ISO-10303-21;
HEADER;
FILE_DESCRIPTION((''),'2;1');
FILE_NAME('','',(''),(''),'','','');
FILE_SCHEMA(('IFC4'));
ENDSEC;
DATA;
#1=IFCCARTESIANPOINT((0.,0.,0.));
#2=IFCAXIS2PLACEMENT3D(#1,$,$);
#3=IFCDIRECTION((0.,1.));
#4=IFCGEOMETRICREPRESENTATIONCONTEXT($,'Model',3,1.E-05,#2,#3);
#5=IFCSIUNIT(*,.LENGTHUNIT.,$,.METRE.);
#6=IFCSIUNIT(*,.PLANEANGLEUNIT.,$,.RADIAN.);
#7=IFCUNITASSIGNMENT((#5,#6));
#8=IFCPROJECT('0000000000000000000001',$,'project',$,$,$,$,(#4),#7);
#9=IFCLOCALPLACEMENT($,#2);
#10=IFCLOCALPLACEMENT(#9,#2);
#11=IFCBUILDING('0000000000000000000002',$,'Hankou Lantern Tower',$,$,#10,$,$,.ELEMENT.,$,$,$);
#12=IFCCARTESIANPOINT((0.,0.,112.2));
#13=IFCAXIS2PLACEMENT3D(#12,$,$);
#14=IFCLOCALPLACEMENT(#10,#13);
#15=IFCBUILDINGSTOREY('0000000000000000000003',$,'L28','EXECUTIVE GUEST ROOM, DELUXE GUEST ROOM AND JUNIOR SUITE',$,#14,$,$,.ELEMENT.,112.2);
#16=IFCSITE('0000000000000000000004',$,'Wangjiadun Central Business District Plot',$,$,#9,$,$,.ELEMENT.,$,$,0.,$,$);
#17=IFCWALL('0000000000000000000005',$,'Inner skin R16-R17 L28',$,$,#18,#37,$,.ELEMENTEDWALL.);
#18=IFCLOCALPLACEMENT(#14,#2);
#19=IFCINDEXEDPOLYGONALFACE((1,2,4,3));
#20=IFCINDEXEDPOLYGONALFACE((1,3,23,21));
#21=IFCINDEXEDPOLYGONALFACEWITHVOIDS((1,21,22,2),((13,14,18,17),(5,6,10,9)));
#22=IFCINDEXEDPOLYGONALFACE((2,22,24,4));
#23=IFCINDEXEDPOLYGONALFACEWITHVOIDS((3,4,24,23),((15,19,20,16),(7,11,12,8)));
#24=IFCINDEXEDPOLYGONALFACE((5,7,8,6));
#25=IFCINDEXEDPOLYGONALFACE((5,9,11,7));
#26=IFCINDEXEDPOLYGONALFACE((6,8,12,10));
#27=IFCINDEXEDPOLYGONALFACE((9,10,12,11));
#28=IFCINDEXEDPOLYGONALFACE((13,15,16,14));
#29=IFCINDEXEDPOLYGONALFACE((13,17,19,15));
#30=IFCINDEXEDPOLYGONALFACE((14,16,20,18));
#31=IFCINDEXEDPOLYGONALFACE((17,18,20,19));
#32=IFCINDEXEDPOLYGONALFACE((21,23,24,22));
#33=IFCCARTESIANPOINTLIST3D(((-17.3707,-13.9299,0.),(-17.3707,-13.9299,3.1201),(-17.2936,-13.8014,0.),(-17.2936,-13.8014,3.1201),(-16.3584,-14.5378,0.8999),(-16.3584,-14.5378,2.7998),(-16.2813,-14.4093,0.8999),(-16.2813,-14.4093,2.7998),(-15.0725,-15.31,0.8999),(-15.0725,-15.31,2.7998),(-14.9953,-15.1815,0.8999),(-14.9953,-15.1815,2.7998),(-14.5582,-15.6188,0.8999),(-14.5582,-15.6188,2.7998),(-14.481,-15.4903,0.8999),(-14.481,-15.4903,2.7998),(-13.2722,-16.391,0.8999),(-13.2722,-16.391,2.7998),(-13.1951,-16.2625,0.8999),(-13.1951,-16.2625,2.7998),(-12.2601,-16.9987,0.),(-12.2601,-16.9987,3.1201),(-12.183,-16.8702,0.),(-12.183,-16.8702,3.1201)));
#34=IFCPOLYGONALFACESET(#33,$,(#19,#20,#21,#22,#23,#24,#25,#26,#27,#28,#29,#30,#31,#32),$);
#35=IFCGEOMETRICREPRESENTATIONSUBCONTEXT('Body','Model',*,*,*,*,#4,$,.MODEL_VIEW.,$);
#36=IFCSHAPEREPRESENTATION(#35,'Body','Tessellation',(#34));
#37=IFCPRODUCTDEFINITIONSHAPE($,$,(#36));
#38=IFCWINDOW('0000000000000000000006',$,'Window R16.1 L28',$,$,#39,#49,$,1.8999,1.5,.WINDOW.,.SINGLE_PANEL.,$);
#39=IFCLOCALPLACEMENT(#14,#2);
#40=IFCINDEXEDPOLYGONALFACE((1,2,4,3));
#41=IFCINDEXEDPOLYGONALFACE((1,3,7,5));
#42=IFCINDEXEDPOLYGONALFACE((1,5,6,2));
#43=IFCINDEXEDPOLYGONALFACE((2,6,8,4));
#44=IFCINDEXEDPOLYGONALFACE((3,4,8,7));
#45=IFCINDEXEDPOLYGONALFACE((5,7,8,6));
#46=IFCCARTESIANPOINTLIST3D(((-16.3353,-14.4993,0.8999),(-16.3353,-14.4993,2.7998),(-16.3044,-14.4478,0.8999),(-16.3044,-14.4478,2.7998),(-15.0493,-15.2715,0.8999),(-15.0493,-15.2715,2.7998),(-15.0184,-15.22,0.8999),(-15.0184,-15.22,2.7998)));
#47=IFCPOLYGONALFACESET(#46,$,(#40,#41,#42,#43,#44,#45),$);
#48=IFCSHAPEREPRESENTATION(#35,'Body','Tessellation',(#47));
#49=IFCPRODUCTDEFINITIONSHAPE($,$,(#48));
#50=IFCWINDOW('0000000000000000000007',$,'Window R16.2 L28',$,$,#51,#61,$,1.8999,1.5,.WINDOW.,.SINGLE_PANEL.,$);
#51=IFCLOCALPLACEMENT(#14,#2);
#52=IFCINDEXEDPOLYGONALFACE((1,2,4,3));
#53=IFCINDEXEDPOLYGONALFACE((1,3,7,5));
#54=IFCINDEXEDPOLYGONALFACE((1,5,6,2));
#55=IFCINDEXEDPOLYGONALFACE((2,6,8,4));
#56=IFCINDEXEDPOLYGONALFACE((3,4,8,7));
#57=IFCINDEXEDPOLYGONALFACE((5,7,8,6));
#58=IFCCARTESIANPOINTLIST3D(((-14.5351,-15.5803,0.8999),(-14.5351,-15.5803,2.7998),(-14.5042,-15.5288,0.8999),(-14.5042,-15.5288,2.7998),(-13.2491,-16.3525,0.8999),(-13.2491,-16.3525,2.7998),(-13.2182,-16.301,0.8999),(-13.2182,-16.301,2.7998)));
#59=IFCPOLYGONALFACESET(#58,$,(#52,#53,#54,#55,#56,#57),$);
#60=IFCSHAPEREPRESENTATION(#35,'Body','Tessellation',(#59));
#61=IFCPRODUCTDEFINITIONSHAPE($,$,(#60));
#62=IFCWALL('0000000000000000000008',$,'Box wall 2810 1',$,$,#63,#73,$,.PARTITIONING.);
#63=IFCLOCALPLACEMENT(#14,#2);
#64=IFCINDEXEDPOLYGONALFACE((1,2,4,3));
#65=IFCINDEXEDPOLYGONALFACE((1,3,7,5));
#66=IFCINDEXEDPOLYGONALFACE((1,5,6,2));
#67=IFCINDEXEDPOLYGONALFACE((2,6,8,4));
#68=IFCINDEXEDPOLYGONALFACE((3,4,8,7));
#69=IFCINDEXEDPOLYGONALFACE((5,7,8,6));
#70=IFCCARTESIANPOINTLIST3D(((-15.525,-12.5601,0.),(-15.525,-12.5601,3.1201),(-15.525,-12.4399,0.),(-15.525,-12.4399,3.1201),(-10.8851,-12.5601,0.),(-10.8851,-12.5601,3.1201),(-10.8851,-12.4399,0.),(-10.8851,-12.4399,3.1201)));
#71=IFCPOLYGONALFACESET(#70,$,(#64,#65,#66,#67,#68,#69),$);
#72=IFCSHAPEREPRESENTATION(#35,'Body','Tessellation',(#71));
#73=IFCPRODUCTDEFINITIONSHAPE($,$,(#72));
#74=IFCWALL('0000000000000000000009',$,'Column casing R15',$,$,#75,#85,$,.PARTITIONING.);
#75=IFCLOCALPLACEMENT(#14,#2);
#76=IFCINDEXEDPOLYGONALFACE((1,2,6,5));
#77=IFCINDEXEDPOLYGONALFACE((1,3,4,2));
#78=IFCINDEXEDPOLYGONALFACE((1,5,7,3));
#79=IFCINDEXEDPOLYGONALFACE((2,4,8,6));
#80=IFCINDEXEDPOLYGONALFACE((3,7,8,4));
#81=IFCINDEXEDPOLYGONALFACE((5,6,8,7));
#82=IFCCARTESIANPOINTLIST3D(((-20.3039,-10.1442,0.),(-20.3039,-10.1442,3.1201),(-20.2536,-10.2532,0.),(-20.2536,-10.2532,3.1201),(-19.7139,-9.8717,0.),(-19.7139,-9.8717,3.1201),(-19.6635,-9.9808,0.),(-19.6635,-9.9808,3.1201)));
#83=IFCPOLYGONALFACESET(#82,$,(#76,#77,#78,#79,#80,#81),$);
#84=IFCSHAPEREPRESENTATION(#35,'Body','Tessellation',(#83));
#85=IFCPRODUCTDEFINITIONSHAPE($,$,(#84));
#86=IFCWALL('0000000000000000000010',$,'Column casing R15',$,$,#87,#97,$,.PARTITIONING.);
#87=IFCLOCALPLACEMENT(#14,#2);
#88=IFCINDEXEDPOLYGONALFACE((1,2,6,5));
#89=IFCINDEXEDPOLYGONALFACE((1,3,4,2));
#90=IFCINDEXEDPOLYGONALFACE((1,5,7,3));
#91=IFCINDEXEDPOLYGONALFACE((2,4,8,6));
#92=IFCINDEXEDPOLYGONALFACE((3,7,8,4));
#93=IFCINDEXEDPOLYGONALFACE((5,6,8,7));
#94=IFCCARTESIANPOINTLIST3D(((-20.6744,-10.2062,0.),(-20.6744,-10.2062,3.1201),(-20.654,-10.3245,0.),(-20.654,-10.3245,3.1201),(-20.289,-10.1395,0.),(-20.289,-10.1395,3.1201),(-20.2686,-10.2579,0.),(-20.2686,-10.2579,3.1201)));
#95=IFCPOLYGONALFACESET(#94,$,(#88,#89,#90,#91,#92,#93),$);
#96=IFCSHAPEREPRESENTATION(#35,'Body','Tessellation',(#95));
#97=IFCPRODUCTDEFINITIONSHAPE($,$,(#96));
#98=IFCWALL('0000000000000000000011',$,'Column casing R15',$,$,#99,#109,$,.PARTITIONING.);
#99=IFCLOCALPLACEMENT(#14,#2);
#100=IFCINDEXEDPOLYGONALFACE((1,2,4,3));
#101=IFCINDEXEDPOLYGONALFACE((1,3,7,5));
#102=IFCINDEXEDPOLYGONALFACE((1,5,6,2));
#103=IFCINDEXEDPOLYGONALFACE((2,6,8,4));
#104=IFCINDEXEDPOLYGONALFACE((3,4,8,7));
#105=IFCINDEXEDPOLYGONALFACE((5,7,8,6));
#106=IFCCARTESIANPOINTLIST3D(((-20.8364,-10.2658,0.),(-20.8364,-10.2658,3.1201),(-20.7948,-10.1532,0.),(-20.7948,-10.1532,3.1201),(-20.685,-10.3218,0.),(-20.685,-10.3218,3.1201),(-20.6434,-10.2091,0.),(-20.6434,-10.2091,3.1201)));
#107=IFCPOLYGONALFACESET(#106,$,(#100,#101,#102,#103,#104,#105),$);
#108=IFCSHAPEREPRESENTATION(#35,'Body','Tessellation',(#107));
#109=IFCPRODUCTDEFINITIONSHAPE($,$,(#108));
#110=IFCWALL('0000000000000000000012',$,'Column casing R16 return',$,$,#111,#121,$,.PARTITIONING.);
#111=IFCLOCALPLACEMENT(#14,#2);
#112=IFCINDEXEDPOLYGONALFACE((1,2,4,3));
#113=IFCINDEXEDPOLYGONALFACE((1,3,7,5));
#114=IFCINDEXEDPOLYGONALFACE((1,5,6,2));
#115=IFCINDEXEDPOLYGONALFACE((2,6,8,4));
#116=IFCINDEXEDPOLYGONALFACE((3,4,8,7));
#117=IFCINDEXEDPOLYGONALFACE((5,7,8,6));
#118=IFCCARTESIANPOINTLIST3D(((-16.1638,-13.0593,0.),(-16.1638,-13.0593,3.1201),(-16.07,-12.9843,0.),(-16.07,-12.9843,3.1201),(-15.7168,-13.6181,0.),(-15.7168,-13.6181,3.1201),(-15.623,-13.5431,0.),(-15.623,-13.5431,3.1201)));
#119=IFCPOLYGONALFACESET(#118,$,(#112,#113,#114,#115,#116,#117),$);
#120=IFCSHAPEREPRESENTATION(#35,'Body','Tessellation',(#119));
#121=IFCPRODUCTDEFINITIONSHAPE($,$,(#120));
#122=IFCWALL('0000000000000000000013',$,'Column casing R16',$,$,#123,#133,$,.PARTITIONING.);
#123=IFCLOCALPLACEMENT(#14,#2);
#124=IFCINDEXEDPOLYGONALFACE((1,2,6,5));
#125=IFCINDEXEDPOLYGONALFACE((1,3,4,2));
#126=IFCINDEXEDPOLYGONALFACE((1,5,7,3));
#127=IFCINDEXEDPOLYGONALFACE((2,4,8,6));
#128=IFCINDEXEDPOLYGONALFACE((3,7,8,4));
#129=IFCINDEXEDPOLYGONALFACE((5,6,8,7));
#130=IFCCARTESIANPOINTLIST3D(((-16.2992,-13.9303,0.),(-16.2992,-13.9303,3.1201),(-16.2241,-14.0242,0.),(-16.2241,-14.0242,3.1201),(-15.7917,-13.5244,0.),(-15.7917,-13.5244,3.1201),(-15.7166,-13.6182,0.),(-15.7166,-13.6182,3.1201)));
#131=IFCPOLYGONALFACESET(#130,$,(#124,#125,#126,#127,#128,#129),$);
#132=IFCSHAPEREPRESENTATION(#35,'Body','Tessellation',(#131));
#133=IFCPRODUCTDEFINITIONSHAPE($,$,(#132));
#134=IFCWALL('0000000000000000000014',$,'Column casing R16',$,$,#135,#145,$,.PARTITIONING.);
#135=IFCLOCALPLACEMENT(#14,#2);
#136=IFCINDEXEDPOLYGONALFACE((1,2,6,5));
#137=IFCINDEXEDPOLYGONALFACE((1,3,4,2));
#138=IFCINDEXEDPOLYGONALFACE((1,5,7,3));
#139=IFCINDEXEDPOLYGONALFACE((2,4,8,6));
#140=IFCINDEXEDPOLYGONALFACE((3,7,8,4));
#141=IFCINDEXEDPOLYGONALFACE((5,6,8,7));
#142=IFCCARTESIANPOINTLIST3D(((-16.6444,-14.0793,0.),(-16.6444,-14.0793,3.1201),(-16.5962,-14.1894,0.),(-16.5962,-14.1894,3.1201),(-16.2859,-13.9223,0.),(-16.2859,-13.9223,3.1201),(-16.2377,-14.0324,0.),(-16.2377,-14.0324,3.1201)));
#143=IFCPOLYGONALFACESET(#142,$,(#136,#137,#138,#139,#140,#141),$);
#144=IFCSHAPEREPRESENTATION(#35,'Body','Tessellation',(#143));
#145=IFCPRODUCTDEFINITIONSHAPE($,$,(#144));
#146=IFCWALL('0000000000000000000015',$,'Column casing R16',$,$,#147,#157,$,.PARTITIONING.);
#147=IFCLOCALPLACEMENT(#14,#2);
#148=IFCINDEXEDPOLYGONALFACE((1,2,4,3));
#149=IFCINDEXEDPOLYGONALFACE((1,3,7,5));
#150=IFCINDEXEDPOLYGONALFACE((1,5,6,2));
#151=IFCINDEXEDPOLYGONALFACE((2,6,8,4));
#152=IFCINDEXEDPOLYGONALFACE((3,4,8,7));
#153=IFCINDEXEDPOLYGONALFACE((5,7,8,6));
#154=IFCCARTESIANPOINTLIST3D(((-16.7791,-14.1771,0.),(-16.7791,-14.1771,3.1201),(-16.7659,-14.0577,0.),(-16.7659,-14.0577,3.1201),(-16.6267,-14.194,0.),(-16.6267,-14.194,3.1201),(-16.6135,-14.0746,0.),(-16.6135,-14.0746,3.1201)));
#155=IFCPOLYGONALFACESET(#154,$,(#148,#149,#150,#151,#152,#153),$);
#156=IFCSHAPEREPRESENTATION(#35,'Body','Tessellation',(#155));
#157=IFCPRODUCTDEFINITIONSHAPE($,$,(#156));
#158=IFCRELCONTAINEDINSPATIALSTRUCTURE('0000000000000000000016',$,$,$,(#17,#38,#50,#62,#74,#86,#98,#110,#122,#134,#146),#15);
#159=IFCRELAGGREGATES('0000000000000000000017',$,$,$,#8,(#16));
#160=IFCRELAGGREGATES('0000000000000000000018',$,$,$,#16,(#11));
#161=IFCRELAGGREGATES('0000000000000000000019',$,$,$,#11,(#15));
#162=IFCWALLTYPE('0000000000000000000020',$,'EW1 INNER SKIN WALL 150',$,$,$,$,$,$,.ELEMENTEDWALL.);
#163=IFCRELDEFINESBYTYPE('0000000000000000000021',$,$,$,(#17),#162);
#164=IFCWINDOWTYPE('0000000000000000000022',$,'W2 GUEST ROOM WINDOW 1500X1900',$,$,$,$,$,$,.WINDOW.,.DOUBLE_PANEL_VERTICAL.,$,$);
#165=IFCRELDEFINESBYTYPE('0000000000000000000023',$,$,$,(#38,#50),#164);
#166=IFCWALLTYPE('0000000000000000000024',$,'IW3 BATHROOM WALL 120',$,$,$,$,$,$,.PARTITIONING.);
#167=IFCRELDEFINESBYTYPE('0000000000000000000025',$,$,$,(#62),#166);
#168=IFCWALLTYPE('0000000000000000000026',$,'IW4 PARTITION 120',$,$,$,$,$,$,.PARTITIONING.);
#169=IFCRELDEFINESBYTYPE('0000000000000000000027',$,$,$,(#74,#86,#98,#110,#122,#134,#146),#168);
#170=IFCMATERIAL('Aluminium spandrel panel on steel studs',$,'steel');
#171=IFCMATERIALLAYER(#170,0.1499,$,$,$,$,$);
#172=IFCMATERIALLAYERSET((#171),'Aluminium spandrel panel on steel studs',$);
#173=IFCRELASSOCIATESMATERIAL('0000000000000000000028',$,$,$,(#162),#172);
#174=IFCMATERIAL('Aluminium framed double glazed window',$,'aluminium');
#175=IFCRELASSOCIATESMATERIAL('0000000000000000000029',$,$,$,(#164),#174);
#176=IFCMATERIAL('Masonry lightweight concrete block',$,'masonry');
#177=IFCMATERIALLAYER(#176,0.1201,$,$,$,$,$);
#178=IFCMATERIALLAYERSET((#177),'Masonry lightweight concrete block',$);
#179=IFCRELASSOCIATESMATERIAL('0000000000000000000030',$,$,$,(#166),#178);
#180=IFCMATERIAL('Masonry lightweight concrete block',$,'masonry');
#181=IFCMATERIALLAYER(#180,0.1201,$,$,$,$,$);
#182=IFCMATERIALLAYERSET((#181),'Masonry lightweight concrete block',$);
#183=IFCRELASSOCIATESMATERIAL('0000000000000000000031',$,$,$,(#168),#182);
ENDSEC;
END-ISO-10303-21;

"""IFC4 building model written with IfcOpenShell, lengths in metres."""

from ifc_helpers import new_model, si_unit, direction, frame, frame_2d, origin, place, context, subcontext, project, spatial, rectangle, extrude, material, layer, layer_set, type_object, element, fill, save


model = new_model("IFC4")

# Units and contexts
model_context = context("Model", 3, precision=1e-05, world=origin(), true_north=direction((0.0, 1.0)))
body_context = subcontext(model_context, "Body", "Model", "MODEL_VIEW")
ifc_project = project(units=[si_unit("LENGTHUNIT", "METRE"), si_unit("PLANEANGLEUNIT", "RADIAN")], contexts=[model_context])

# Site, building, storey
site_placement = place(None, origin())
site = spatial("IfcSite", under=ifc_project, at=site_placement, Name="Wangjiadun Central Business District Plot", CompositionType="ELEMENT", RefElevation=0.0)
building_placement = place(site_placement, origin())
building = spatial("IfcBuilding", under=site, at=building_placement, Name="Hankou Lantern Tower", CompositionType="ELEMENT")
storey_placement = place(building_placement, frame((0.0, 0.0, 112.2)))
storey = spatial("IfcBuildingStorey", under=building, at=storey_placement, Name="L28", Description="EXECUTIVE GUEST ROOM, DELUXE GUEST ROOM AND JUNIOR SUITE", CompositionType="ELEMENT", Elevation=112.2)

# Wall, openings, windows
ifc_material_1 = material(Name="Aluminium spandrel panel on steel studs", Category="steel")
ifc_layer_1 = layer(ifc_material_1, 0.1499)
ifc_layer_set_1 = layer_set([ifc_layer_1], Name="Aluminium spandrel panel on steel studs")
wall_type_1 = type_object("IfcWallType", Name="EW1 INNER SKIN WALL 150", PredefinedType="ELEMENTEDWALL", material=ifc_layer_set_1)
ifc_material_2 = material(Name="Aluminium framed double glazed window", Category="aluminium")
window_type = type_object("IfcWindowType", Name="W2 GUEST ROOM WINDOW 1500X1900", PartitioningType="DOUBLE_PANEL_VERTICAL", PredefinedType="WINDOW", material=ifc_material_2)
wall_1_placement = place(storey_placement, frame((-17.332, -13.8657, 0.0), z_axis=(0.0, 0.0, 1.0), x_axis=(0.857309, -0.514803, 0.0)))
wall_1 = element("IfcWall", 1, at=wall_1_placement, inside=storey, type_object=wall_type_1, Name="Inner skin R16-R17 L28", PredefinedType="ELEMENTEDWALL", context=body_context, shape_type="SweptSolid", body=[
    extrude(rectangle(XDim=5.9612, YDim=0.1499, at=frame_2d((2.9805, 0.0))), origin(), (0.0, 0.0, 1.0), 3.1201),
])
opening_1_placement = place(wall_1_placement, frame((1.1807, 0.0, 0.8999)))
opening_1 = element("IfcOpeningElement", 2, at=opening_1_placement, cuts=wall_1, PredefinedType="OPENING", context=body_context, shape_type="SweptSolid", body=[
    extrude(rectangle(XDim=1.5, YDim=1.8999, at=frame_2d((0.75, 0.95))), frame((0.0, 0.085, 0.0), z_axis=(0.0, -1.0, 0.0), x_axis=(1.0, 0.0, 0.0)), (0.0, 0.0, 1.0), 0.1699),
])
opening_2_placement = place(wall_1_placement, frame((3.2805, 0.0, 0.8999)))
opening_2 = element("IfcOpeningElement", 3, at=opening_2_placement, cuts=wall_1, PredefinedType="OPENING", context=body_context, shape_type="SweptSolid", body=[
    extrude(rectangle(XDim=1.5, YDim=1.8999, at=frame_2d((0.75, 0.95))), frame((0.0, 0.085, 0.0), z_axis=(0.0, -1.0, 0.0), x_axis=(1.0, 0.0, 0.0)), (0.0, 0.0, 1.0), 0.1699),
])
window_1_placement = place(opening_1_placement, origin())
window_1 = element("IfcWindow", 4, at=window_1_placement, inside=storey, type_object=window_type, Name="Window R16.1 L28", OverallHeight=1.8999, OverallWidth=1.5, PartitioningType="SINGLE_PANEL", PredefinedType="WINDOW", context=body_context, shape_type="SweptSolid", body=[
    extrude(rectangle(XDim=1.5, YDim=1.8999, at=frame_2d((0.75, 0.95))), frame((0.0, 0.03, 0.0), z_axis=(0.0, -1.0, 0.0), x_axis=(1.0, 0.0, 0.0)), (0.0, 0.0, 1.0), 0.0601),
])
fill(opening_1, window_1)
window_2_placement = place(opening_2_placement, origin())
window_2 = element("IfcWindow", 5, at=window_2_placement, inside=storey, type_object=window_type, Name="Window R16.2 L28", OverallHeight=1.8999, OverallWidth=1.5, PartitioningType="SINGLE_PANEL", PredefinedType="WINDOW", context=body_context, shape_type="SweptSolid", body=[
    extrude(rectangle(XDim=1.5, YDim=1.8999, at=frame_2d((0.75, 0.95))), frame((0.0, 0.03, 0.0), z_axis=(0.0, -1.0, 0.0), x_axis=(1.0, 0.0, 0.0)), (0.0, 0.0, 1.0), 0.0601),
])
fill(opening_2, window_2)

# Walls
ifc_material_3 = material(Name="Masonry lightweight concrete block", Category="masonry")
ifc_layer_2 = layer(ifc_material_3, 0.1201)
ifc_layer_set_2 = layer_set([ifc_layer_2], Name="Masonry lightweight concrete block")
wall_type_2 = type_object("IfcWallType", Name="IW3 BATHROOM WALL 120", PredefinedType="PARTITIONING", material=ifc_layer_set_2)
wall_2_placement = place(storey_placement, frame((-15.5249, -12.5, 0.0), z_axis=(0.0, 0.0, 1.0), x_axis=(1.0, 0.0, 0.0)))
element("IfcWall", 6, at=wall_2_placement, inside=storey, type_object=wall_type_2, Name="Box wall 2810 1", PredefinedType="PARTITIONING", context=body_context, shape_type="SweptSolid", body=[
    extrude(rectangle(XDim=4.6399, YDim=0.1201, at=frame_2d((2.3198, 0.0))), origin(), (0.0, 0.0, 1.0), 3.1201),
])
ifc_material_4 = material(Name="Masonry lightweight concrete block", Category="masonry")
ifc_layer_3 = layer(ifc_material_4, 0.1201)
ifc_layer_set_3 = layer_set([ifc_layer_3], Name="Masonry lightweight concrete block")
wall_type_3 = type_object("IfcWallType", Name="IW4 PARTITION 120", PredefinedType="PARTITIONING", material=ifc_layer_set_3)
wall_3_placement = place(storey_placement, frame((-19.6887, -9.9263, 0.0), z_axis=(0.0, 0.0, 1.0), x_axis=(-0.907893, -0.419201, 0.0)))
element("IfcWall", 7, at=wall_3_placement, inside=storey, type_object=wall_type_3, Name="Column casing R15", PredefinedType="PARTITIONING", context=body_context, shape_type="SweptSolid", body=[
    extrude(rectangle(XDim=0.6499, YDim=0.1201, at=frame_2d((0.325, 0.0))), origin(), (0.0, 0.0, 1.0), 3.1201),
])
wall_4_placement = place(storey_placement, frame((-20.2788, -10.1987, 0.0), z_axis=(0.0, 0.0, 1.0), x_axis=(-0.985381, -0.170367, 0.0)))
element("IfcWall", 8, at=wall_4_placement, inside=storey, type_object=wall_type_3, Name="Column casing R15", PredefinedType="PARTITIONING", context=body_context, shape_type="SweptSolid", body=[
    extrude(rectangle(XDim=0.3911, YDim=0.1201, at=frame_2d((0.1956, 0.0))), origin(), (0.0, 0.0, 1.0), 3.1201),
])
wall_5_placement = place(storey_placement, frame((-20.6643, -10.2654, 0.0), z_axis=(0.0, 0.0, 1.0), x_axis=(-0.938059, 0.346477, 0.0)))
element("IfcWall", 9, at=wall_5_placement, inside=storey, type_object=wall_type_3, Name="Column casing R15", PredefinedType="PARTITIONING", context=body_context, shape_type="SweptSolid", body=[
    extrude(rectangle(XDim=0.1614, YDim=0.1201, at=frame_2d((0.0806, 0.0))), origin(), (0.0, 0.0, 1.0), 3.1201),
])
wall_6_placement = place(storey_placement, frame((-16.1169, -13.0217, 0.0), z_axis=(0.0, 0.0, 1.0), x_axis=(0.624653, -0.780902, 0.0)))
element("IfcWall", 10, at=wall_6_placement, inside=storey, type_object=wall_type_3, Name="Column casing R16 return", PredefinedType="PARTITIONING", context=body_context, shape_type="SweptSolid", body=[
    extrude(rectangle(XDim=0.7156, YDim=0.1201, at=frame_2d((0.3579, 0.0))), origin(), (0.0, 0.0, 1.0), 3.1201),
])
wall_7_placement = place(storey_placement, frame((-15.7542, -13.5713, 0.0), z_axis=(0.0, 0.0, 1.0), x_axis=(-0.780905, -0.624649, 0.0)))
element("IfcWall", 11, at=wall_7_placement, inside=storey, type_object=wall_type_3, Name="Column casing R16", PredefinedType="PARTITIONING", context=body_context, shape_type="SweptSolid", body=[
    extrude(rectangle(XDim=0.6499, YDim=0.1201, at=frame_2d((0.325, 0.0))), origin(), (0.0, 0.0, 1.0), 3.1201),
])
wall_8_placement = place(storey_placement, frame((-16.2617, -13.9773, 0.0), z_axis=(0.0, 0.0, 1.0), x_axis=(-0.915985, -0.401212, 0.0)))
element("IfcWall", 12, at=wall_8_placement, inside=storey, type_object=wall_type_3, Name="Column casing R16", PredefinedType="PARTITIONING", context=body_context, shape_type="SweptSolid", body=[
    extrude(rectangle(XDim=0.3914, YDim=0.1201, at=frame_2d((0.1958, 0.0))), origin(), (0.0, 0.0, 1.0), 3.1201),
])
wall_9_placement = place(storey_placement, frame((-16.6201, -14.1343, 0.0), z_axis=(0.0, 0.0, 1.0), x_axis=(-0.993942, 0.109907, 0.0)))
element("IfcWall", 13, at=wall_9_placement, inside=storey, type_object=wall_type_3, Name="Column casing R16", PredefinedType="PARTITIONING", context=body_context, shape_type="SweptSolid", body=[
    extrude(rectangle(XDim=0.1533, YDim=0.1201, at=frame_2d((0.0767, 0.0))), origin(), (0.0, 0.0, 1.0), 3.1201),
])

save(model, "model.ifc")
